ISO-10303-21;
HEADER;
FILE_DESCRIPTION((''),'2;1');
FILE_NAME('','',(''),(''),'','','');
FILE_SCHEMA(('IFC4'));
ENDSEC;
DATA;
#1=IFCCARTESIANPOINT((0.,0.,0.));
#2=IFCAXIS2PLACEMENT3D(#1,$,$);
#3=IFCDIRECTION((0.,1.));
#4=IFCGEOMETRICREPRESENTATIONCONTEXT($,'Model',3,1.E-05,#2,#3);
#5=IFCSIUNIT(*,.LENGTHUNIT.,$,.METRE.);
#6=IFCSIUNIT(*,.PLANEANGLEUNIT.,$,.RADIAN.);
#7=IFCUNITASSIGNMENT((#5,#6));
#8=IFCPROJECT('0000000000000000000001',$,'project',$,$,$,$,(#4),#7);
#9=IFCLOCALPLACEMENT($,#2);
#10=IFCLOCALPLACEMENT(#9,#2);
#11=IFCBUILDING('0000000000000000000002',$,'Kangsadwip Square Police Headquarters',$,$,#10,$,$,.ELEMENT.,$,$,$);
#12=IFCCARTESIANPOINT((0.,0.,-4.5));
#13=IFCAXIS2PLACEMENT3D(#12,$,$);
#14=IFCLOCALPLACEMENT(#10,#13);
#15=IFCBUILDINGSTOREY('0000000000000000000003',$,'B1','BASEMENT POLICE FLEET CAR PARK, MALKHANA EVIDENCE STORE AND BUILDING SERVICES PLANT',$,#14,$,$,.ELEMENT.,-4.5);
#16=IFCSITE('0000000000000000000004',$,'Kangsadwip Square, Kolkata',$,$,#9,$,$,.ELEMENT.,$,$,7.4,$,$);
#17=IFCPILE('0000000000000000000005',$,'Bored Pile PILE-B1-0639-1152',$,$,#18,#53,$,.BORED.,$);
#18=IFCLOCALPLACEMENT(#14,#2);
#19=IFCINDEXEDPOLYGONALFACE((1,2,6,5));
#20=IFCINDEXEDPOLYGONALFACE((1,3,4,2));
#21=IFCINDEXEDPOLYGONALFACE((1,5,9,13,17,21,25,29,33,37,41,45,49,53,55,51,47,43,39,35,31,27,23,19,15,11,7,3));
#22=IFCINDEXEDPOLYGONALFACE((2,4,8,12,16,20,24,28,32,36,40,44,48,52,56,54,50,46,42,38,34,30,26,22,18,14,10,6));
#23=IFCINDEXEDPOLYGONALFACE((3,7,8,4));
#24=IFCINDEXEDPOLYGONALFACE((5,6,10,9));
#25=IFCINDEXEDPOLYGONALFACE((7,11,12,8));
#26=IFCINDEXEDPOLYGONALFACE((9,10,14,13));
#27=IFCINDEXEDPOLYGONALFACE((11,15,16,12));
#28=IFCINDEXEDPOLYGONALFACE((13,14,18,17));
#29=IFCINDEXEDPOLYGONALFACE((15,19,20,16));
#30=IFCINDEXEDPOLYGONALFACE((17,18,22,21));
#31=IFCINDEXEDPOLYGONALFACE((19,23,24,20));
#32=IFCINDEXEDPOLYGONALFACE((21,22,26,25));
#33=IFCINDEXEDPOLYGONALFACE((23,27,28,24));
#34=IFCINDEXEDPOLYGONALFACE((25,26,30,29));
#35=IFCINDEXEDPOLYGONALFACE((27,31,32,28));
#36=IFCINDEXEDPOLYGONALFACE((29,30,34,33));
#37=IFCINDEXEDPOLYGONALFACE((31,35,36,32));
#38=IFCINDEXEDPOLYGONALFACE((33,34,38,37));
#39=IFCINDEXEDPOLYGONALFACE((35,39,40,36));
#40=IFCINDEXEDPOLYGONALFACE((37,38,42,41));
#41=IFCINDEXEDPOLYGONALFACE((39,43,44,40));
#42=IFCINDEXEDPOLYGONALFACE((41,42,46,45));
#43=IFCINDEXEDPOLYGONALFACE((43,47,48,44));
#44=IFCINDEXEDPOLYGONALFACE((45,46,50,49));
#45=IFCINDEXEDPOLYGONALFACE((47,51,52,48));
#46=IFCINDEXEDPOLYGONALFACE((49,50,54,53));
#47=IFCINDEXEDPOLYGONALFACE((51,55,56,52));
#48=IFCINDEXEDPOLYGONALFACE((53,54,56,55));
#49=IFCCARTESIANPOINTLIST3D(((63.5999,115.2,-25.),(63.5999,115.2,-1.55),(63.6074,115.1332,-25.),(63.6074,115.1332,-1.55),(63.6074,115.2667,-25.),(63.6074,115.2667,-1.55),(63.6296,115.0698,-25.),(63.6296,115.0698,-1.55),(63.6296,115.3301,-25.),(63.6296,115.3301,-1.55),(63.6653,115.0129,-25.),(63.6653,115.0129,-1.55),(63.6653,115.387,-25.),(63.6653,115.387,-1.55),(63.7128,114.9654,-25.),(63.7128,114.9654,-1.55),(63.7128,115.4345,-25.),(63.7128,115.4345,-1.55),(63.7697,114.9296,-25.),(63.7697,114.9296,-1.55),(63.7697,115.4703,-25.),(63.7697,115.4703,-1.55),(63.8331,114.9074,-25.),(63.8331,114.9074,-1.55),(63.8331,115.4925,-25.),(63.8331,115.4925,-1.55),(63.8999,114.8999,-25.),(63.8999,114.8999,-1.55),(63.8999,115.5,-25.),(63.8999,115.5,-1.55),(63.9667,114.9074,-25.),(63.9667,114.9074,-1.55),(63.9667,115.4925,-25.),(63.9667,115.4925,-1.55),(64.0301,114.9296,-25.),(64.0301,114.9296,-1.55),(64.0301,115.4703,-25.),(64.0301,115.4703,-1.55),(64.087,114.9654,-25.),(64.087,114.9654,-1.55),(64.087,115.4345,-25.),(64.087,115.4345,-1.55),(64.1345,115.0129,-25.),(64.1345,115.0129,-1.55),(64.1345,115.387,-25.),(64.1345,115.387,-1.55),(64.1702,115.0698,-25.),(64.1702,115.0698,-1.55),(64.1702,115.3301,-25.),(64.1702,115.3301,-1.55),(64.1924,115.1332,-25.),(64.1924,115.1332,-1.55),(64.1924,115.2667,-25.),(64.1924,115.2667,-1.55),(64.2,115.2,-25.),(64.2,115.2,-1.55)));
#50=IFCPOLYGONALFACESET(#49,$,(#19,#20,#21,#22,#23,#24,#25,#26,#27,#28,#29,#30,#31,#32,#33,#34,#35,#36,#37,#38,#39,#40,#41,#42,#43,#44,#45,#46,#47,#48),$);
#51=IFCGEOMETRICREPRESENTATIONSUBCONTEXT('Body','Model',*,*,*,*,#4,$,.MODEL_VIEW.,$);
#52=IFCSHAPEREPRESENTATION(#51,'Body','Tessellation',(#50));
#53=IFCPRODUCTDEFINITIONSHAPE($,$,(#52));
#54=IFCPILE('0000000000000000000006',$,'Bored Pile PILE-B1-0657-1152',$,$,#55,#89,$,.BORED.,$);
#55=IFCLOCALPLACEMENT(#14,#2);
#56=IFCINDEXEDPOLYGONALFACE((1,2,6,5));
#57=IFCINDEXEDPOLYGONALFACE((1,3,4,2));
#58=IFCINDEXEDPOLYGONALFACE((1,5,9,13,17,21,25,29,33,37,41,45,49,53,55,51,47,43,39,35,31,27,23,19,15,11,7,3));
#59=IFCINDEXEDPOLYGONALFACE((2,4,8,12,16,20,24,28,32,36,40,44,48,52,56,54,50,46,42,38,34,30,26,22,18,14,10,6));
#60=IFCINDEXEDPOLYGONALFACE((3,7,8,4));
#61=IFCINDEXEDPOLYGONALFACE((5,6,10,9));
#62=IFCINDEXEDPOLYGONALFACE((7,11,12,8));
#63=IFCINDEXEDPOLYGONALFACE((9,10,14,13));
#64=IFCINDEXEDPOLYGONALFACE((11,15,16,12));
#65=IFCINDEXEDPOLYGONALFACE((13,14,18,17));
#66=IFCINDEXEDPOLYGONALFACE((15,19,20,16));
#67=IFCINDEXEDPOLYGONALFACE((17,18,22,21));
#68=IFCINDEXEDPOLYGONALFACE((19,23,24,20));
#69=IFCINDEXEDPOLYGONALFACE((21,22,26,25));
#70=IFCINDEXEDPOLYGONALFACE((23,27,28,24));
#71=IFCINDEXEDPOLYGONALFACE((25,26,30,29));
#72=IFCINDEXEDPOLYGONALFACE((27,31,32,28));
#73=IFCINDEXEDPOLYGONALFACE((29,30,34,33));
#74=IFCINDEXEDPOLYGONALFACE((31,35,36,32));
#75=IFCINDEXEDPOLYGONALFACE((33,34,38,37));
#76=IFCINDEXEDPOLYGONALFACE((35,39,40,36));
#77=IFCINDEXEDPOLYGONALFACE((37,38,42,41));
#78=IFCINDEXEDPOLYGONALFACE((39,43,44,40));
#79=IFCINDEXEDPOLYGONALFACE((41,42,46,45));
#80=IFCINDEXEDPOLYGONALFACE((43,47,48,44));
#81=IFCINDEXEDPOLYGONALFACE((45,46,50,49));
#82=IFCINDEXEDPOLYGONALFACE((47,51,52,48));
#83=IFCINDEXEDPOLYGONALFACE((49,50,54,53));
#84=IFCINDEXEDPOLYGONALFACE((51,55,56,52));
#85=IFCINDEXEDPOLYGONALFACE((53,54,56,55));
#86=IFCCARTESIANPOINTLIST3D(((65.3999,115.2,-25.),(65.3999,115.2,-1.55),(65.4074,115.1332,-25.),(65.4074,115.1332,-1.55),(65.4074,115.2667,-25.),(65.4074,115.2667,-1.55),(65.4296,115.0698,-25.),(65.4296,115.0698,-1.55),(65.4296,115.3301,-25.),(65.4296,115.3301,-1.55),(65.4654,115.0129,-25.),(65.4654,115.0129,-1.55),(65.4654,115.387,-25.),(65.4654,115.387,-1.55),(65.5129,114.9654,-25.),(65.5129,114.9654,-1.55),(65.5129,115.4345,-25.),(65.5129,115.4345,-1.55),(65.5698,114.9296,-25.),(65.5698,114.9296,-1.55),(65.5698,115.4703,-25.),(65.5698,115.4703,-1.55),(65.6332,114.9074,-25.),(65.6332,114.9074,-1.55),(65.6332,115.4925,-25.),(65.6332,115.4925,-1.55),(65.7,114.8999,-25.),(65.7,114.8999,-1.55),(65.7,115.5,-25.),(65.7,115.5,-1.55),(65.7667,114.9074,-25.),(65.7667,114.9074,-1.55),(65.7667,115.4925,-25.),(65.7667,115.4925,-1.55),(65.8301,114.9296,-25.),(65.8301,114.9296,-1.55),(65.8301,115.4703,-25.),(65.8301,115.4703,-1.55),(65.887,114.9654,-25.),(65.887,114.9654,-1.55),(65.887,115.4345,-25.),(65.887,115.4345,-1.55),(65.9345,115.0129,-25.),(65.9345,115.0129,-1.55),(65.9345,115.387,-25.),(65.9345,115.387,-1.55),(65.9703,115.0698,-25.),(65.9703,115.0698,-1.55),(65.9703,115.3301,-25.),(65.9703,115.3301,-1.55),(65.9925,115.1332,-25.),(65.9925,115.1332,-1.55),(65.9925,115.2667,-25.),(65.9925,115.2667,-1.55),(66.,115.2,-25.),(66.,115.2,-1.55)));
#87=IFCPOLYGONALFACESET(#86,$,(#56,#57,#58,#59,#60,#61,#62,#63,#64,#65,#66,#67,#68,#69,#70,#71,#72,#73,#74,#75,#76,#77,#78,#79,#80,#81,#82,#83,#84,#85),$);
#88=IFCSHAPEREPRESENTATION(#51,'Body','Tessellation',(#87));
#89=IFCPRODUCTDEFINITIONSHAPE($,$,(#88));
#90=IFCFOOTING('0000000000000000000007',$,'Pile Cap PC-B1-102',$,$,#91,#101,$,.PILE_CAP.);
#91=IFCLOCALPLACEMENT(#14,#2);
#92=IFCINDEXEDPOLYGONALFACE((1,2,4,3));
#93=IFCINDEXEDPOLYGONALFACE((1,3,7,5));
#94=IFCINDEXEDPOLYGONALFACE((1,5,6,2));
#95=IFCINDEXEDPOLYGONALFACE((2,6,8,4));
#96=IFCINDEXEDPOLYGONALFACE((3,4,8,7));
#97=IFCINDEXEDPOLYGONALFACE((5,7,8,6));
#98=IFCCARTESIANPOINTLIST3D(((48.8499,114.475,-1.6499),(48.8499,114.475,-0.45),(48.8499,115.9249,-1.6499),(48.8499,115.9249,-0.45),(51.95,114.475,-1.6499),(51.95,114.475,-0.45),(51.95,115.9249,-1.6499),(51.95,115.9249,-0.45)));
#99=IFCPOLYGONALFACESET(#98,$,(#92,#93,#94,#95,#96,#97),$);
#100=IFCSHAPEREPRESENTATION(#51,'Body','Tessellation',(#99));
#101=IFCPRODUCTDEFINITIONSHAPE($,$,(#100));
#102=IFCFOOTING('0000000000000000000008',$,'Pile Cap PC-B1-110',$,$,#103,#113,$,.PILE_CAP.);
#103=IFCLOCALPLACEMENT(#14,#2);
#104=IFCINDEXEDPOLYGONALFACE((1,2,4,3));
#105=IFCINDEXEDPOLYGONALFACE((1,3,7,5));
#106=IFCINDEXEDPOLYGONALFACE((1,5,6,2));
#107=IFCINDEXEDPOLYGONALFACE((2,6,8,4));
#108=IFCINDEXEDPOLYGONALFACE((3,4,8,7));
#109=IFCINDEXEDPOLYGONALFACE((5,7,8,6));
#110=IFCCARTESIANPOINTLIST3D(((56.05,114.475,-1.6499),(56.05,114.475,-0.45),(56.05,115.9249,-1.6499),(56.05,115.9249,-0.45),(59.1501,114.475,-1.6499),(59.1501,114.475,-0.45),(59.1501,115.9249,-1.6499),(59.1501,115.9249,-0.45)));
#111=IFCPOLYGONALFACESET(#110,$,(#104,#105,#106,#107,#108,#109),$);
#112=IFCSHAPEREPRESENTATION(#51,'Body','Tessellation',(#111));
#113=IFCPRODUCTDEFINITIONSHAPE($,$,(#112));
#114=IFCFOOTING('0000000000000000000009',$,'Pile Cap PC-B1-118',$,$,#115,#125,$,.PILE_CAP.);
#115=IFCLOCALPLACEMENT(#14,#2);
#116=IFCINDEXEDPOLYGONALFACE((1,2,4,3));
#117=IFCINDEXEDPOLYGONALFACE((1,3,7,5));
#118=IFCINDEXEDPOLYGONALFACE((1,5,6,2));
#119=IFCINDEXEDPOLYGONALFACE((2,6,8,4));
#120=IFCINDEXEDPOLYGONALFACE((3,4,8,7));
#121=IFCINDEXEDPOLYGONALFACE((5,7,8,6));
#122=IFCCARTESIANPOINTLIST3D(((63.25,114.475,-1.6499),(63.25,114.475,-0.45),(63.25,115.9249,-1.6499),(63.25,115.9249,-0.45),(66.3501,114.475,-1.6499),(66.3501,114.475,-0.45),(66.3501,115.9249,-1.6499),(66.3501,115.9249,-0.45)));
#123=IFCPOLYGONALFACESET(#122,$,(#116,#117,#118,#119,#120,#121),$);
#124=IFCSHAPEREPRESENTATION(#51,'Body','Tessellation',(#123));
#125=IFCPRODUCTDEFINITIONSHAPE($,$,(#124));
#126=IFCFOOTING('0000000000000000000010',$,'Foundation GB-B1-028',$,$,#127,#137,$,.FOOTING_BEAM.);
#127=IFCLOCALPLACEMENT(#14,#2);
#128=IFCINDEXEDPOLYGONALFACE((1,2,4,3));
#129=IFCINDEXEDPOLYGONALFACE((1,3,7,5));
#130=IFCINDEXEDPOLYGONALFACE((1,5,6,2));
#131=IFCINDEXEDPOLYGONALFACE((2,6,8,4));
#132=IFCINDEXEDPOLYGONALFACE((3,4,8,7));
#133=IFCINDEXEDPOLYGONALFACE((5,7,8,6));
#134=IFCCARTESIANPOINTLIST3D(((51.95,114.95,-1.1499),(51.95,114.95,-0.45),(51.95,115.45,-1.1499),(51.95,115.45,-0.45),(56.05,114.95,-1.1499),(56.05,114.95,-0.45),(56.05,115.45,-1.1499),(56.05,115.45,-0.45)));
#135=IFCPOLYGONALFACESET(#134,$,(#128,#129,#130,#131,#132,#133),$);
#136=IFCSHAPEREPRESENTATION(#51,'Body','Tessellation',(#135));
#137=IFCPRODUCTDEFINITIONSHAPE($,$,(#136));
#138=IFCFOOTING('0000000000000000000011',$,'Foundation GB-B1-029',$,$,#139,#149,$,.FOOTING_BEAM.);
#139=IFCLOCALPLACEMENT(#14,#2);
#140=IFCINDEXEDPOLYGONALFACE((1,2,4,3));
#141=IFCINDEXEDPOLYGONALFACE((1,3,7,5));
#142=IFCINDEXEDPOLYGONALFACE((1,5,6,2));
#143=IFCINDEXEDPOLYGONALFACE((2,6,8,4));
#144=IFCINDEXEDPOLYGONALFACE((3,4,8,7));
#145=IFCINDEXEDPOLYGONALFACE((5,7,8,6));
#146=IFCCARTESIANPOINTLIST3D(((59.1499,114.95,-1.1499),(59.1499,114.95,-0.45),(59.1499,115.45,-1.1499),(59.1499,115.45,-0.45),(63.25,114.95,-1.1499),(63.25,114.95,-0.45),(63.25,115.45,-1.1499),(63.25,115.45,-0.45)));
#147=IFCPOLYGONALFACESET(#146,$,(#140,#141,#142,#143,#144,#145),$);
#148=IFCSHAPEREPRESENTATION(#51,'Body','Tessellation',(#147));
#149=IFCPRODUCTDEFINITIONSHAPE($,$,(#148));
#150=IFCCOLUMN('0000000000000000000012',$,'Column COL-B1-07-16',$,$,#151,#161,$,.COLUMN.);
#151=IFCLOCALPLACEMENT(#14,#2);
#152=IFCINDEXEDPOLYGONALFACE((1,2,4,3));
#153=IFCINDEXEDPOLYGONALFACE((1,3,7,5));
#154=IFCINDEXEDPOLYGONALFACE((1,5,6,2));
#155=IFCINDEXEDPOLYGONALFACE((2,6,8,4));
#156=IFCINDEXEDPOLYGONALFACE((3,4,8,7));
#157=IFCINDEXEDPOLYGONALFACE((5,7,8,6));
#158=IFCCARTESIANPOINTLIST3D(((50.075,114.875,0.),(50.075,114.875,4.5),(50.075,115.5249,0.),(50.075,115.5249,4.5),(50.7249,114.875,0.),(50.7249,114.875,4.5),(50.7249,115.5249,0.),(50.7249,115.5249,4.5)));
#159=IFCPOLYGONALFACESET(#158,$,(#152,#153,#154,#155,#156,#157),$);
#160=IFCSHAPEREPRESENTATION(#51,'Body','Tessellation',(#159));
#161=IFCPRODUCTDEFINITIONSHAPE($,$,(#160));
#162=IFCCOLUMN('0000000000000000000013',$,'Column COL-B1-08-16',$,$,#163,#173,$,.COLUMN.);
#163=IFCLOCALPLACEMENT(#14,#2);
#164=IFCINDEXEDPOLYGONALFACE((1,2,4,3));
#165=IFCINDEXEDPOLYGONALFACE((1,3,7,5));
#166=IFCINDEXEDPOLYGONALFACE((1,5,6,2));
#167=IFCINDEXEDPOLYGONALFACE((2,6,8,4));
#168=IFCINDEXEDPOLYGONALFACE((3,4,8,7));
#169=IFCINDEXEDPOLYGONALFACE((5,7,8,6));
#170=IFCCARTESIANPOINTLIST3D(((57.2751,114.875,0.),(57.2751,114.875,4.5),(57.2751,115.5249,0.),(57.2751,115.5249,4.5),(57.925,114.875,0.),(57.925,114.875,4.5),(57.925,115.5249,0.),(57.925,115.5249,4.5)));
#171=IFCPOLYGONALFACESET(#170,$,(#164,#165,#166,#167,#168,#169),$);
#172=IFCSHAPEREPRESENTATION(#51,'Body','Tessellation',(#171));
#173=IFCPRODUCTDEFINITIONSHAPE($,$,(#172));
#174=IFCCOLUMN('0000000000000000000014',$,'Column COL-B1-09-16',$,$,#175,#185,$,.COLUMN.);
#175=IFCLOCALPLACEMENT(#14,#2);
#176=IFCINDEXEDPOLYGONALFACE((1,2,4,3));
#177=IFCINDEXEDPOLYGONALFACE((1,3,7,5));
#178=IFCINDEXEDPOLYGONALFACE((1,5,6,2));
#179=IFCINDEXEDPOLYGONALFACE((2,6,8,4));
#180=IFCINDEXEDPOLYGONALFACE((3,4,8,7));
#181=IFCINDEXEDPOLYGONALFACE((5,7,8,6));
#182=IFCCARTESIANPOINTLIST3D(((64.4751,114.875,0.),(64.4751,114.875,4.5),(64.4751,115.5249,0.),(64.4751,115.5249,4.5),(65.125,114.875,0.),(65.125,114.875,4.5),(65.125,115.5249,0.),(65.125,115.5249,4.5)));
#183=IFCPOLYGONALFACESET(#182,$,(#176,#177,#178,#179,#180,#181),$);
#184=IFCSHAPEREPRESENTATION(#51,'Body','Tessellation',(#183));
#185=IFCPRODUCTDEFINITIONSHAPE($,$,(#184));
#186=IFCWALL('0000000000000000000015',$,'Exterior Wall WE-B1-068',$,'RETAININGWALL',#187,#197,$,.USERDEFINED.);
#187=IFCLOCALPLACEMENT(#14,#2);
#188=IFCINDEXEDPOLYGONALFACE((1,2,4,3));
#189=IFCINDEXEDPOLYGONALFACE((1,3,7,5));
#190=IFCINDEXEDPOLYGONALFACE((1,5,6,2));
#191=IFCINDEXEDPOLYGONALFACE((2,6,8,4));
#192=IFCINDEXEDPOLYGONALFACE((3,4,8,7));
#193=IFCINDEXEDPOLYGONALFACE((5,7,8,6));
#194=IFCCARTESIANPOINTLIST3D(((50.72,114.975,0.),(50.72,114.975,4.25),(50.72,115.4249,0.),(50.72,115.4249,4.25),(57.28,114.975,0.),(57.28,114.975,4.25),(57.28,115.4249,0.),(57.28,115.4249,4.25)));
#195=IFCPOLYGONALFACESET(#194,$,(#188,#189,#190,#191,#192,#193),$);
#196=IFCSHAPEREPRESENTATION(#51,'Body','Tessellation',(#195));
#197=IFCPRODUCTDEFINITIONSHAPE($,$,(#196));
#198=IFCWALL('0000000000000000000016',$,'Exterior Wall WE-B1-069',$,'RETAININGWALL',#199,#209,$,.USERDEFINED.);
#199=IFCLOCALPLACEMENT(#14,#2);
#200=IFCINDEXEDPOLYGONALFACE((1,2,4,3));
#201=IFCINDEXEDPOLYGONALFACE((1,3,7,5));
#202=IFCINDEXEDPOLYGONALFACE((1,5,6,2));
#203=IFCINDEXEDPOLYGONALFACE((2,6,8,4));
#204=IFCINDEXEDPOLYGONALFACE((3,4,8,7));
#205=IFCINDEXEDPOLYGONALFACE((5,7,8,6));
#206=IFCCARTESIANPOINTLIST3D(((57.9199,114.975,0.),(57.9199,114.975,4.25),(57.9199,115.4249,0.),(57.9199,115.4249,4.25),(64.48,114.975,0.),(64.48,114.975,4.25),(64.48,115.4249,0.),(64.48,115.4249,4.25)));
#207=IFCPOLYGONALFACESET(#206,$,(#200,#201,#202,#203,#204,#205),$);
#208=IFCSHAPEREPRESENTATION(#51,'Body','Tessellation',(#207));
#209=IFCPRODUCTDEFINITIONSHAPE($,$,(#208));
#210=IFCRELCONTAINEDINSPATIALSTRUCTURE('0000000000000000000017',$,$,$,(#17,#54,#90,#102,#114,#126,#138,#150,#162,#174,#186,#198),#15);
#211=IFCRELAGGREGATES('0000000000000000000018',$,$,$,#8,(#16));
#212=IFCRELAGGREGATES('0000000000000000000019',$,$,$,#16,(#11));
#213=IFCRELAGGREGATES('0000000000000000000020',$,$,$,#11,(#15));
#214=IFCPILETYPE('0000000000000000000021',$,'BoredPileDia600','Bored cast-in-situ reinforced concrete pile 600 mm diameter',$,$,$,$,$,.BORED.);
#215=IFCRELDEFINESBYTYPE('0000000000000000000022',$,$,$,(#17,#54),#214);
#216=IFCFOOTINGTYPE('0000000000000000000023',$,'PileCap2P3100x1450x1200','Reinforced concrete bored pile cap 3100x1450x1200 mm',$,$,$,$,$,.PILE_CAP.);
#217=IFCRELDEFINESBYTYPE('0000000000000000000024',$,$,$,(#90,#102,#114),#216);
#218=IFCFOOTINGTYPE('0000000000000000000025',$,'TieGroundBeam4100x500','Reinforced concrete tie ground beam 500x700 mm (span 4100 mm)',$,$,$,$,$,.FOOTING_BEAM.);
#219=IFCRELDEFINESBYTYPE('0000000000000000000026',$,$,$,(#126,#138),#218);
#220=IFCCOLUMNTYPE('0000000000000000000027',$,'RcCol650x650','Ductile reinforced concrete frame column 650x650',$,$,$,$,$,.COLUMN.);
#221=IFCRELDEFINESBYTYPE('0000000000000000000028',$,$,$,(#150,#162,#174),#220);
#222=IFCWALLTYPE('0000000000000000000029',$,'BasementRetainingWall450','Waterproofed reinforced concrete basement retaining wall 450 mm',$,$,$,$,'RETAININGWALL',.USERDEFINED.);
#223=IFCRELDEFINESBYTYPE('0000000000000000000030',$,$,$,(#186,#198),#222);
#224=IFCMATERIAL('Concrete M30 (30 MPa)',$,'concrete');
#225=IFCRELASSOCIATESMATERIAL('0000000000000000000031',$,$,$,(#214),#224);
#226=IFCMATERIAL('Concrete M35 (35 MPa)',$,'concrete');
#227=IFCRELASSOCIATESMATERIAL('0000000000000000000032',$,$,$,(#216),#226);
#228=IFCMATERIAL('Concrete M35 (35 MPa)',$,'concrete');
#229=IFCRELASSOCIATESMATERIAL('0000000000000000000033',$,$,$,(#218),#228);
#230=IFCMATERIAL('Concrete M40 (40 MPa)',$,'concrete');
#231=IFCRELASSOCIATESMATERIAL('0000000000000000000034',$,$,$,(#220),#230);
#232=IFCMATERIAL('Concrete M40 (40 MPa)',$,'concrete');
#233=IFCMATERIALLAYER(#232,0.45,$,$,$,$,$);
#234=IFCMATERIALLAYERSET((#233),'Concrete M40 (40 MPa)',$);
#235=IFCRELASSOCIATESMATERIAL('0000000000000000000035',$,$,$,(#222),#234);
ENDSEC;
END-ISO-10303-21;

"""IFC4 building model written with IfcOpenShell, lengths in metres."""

from ifc_helpers import new_model, si_unit, direction, frame, frame_2d, origin, origin_2d, place, context, subcontext, project, spatial, rectangle, circle, extrude, material, layer, layer_set, material_profile, profile_set, type_object, element, save


model = new_model("IFC4")

# Units and contexts
model_context = context("Model", 3, precision=1e-05, world=origin(), true_north=direction((0.0, 1.0)))
body_context = subcontext(model_context, "Body", "Model", "MODEL_VIEW")
ifc_project = project(units=[si_unit("LENGTHUNIT", "METRE"), si_unit("PLANEANGLEUNIT", "RADIAN")], contexts=[model_context])

# Site, building, storey
site_placement = place(None, origin())
site = spatial("IfcSite", under=ifc_project, at=site_placement, Name="Kangsadwip Square, Kolkata", CompositionType="ELEMENT", RefElevation=7.4)
building_placement = place(site_placement, origin())
building = spatial("IfcBuilding", under=site, at=building_placement, Name="Kangsadwip Square Police Headquarters", CompositionType="ELEMENT")
storey_placement = place(building_placement, frame((0.0, 0.0, -4.5)))
storey = spatial("IfcBuildingStorey", under=building, at=storey_placement, Name="B1", Description="BASEMENT POLICE FLEET CAR PARK, MALKHANA EVIDENCE STORE AND BUILDING SERVICES PLANT", CompositionType="ELEMENT", Elevation=-4.5)

# Piles
ifc_material_1 = material(Name="Concrete M30 (30 MPa)", Category="concrete")
ifc_material_profile_1 = material_profile(ifc_material_1, circle(Radius=0.3, at=origin_2d()), Name="PILE DIA 600")
ifc_profile_set_1 = profile_set([ifc_material_profile_1], Name="Concrete M30 (30 MPa)")
pile_type = type_object("IfcPileType", Name="BoredPileDia600", Description="Bored cast-in-situ reinforced concrete pile 600 mm diameter", PredefinedType="BORED", material=ifc_profile_set_1)
for number, where, z_axis, x_axis, name in (
    (1, (63.8999, 115.2, -1.55), (0.0, 0.0, -1.0), (1.0, 0.0, 0.0), "Bored Pile PILE-B1-0639-1152"),
    (2, (65.7, 115.2, -1.55), (0.0, 0.0, -1.0), (1.0, 0.0, 0.0), "Bored Pile PILE-B1-0657-1152"),
):
    element("IfcPile", number, at=place(storey_placement, frame(where, z_axis=z_axis, x_axis=x_axis)), inside=storey, type_object=pile_type, Name=name, PredefinedType="BORED", context=body_context, shape_type="SweptSolid", body=[
        extrude(circle(Radius=0.3, at=origin_2d()), origin(), (0.0, 0.0, 1.0), 23.45),
    ])

# Footings
ifc_material_2 = material(Name="Concrete M35 (35 MPa)", Category="concrete")
footing_type_1 = type_object("IfcFootingType", Name="PileCap2P3100x1450x1200", Description="Reinforced concrete bored pile cap 3100x1450x1200 mm", PredefinedType="PILE_CAP", material=ifc_material_2)
for number, where, z_axis, x_axis, name in (
    (3, (50.3999, 115.2, -1.6499), (0.0, 0.0, 1.0), (1.0, 0.0, 0.0), "Pile Cap PC-B1-102"),
    (4, (57.6001, 115.2, -1.6499), (0.0, 0.0, 1.0), (1.0, 0.0, 0.0), "Pile Cap PC-B1-110"),
    (5, (64.8, 115.2, -1.6499), (0.0, 0.0, 1.0), (1.0, 0.0, 0.0), "Pile Cap PC-B1-118"),
):
    element("IfcFooting", number, at=place(storey_placement, frame(where, z_axis=z_axis, x_axis=x_axis)), inside=storey, type_object=footing_type_1, Name=name, PredefinedType="PILE_CAP", context=body_context, shape_type="SweptSolid", body=[
        extrude(rectangle(XDim=3.1001, YDim=1.45, at=origin_2d()), origin(), (0.0, 0.0, 1.0), 1.2),
    ])
ifc_material_3 = material(Name="Concrete M35 (35 MPa)", Category="concrete")
footing_type_2 = type_object("IfcFootingType", Name="TieGroundBeam4100x500", Description="Reinforced concrete tie ground beam 500x700 mm (span 4100 mm)", PredefinedType="FOOTING_BEAM", material=ifc_material_3)
for number, where, z_axis, x_axis, name in (
    (6, (54.0, 115.2, -1.1499), (0.0, 0.0, 1.0), (1.0, 0.0, 0.0), "Foundation GB-B1-028"),
    (7, (61.2, 115.2, -1.1499), (0.0, 0.0, 1.0), (1.0, 0.0, 0.0), "Foundation GB-B1-029"),
):
    element("IfcFooting", number, at=place(storey_placement, frame(where, z_axis=z_axis, x_axis=x_axis)), inside=storey, type_object=footing_type_2, Name=name, PredefinedType="FOOTING_BEAM", context=body_context, shape_type="SweptSolid", body=[
        extrude(rectangle(XDim=4.1001, YDim=0.5, at=origin_2d()), origin(), (0.0, 0.0, 1.0), 0.7),
    ])

# Columns
ifc_material_4 = material(Name="Concrete M40 (40 MPa)", Category="concrete")
ifc_material_profile_2 = material_profile(ifc_material_4, rectangle(XDim=0.6499, YDim=0.6499, at=origin_2d()), Name="RC COL 650X650")
ifc_profile_set_2 = profile_set([ifc_material_profile_2], Name="Concrete M40 (40 MPa)")
column_type = type_object("IfcColumnType", Name="RcCol650x650", Description="Ductile reinforced concrete frame column 650x650", PredefinedType="COLUMN", material=ifc_profile_set_2)
for number, where, z_axis, x_axis, name in (
    (8, (50.3999, 115.2, 0.0), (0.0, 0.0, 1.0), (1.0, 0.0, 0.0), "Column COL-B1-07-16"),
    (9, (57.6001, 115.2, 0.0), (0.0, 0.0, 1.0), (1.0, 0.0, 0.0), "Column COL-B1-08-16"),
    (10, (64.8, 115.2, 0.0), (0.0, 0.0, 1.0), (1.0, 0.0, 0.0), "Column COL-B1-09-16"),
):
    element("IfcColumn", number, at=place(storey_placement, frame(where, z_axis=z_axis, x_axis=x_axis)), inside=storey, type_object=column_type, Name=name, PredefinedType="COLUMN", context=body_context, shape_type="SweptSolid", body=[
        extrude(rectangle(XDim=0.6499, YDim=0.6499, at=origin_2d()), origin(), (0.0, 0.0, 1.0), 4.5),
    ])

# Walls
ifc_material_5 = material(Name="Concrete M40 (40 MPa)", Category="concrete")
ifc_layer_1 = layer(ifc_material_5, 0.45)
ifc_layer_set_1 = layer_set([ifc_layer_1], Name="Concrete M40 (40 MPa)")
wall_type_1 = type_object("IfcWallType", Name="BasementRetainingWall450", Description="Waterproofed reinforced concrete basement retaining wall 450 mm", ElementType="RETAININGWALL", PredefinedType="USERDEFINED", material=ifc_layer_set_1)
for number, where, z_axis, x_axis, name in (
    (11, (50.72, 115.2, 0.0), (0.0, 0.0, 1.0), (1.0, 0.0, 0.0), "Exterior Wall WE-B1-068"),
    (12, (57.9199, 115.2, 0.0), (0.0, 0.0, 1.0), (1.0, 0.0, 0.0), "Exterior Wall WE-B1-069"),
):
    element("IfcWall", number, at=place(storey_placement, frame(where, z_axis=z_axis, x_axis=x_axis)), inside=storey, type_object=wall_type_1, Name=name, ObjectType="RETAININGWALL", PredefinedType="USERDEFINED", context=body_context, shape_type="SweptSolid", body=[
        extrude(rectangle(XDim=6.5601, YDim=0.45, at=frame_2d((3.28, 0.0))), origin(), (0.0, 0.0, 1.0), 4.25),
    ])

save(model, "model.ifc")
